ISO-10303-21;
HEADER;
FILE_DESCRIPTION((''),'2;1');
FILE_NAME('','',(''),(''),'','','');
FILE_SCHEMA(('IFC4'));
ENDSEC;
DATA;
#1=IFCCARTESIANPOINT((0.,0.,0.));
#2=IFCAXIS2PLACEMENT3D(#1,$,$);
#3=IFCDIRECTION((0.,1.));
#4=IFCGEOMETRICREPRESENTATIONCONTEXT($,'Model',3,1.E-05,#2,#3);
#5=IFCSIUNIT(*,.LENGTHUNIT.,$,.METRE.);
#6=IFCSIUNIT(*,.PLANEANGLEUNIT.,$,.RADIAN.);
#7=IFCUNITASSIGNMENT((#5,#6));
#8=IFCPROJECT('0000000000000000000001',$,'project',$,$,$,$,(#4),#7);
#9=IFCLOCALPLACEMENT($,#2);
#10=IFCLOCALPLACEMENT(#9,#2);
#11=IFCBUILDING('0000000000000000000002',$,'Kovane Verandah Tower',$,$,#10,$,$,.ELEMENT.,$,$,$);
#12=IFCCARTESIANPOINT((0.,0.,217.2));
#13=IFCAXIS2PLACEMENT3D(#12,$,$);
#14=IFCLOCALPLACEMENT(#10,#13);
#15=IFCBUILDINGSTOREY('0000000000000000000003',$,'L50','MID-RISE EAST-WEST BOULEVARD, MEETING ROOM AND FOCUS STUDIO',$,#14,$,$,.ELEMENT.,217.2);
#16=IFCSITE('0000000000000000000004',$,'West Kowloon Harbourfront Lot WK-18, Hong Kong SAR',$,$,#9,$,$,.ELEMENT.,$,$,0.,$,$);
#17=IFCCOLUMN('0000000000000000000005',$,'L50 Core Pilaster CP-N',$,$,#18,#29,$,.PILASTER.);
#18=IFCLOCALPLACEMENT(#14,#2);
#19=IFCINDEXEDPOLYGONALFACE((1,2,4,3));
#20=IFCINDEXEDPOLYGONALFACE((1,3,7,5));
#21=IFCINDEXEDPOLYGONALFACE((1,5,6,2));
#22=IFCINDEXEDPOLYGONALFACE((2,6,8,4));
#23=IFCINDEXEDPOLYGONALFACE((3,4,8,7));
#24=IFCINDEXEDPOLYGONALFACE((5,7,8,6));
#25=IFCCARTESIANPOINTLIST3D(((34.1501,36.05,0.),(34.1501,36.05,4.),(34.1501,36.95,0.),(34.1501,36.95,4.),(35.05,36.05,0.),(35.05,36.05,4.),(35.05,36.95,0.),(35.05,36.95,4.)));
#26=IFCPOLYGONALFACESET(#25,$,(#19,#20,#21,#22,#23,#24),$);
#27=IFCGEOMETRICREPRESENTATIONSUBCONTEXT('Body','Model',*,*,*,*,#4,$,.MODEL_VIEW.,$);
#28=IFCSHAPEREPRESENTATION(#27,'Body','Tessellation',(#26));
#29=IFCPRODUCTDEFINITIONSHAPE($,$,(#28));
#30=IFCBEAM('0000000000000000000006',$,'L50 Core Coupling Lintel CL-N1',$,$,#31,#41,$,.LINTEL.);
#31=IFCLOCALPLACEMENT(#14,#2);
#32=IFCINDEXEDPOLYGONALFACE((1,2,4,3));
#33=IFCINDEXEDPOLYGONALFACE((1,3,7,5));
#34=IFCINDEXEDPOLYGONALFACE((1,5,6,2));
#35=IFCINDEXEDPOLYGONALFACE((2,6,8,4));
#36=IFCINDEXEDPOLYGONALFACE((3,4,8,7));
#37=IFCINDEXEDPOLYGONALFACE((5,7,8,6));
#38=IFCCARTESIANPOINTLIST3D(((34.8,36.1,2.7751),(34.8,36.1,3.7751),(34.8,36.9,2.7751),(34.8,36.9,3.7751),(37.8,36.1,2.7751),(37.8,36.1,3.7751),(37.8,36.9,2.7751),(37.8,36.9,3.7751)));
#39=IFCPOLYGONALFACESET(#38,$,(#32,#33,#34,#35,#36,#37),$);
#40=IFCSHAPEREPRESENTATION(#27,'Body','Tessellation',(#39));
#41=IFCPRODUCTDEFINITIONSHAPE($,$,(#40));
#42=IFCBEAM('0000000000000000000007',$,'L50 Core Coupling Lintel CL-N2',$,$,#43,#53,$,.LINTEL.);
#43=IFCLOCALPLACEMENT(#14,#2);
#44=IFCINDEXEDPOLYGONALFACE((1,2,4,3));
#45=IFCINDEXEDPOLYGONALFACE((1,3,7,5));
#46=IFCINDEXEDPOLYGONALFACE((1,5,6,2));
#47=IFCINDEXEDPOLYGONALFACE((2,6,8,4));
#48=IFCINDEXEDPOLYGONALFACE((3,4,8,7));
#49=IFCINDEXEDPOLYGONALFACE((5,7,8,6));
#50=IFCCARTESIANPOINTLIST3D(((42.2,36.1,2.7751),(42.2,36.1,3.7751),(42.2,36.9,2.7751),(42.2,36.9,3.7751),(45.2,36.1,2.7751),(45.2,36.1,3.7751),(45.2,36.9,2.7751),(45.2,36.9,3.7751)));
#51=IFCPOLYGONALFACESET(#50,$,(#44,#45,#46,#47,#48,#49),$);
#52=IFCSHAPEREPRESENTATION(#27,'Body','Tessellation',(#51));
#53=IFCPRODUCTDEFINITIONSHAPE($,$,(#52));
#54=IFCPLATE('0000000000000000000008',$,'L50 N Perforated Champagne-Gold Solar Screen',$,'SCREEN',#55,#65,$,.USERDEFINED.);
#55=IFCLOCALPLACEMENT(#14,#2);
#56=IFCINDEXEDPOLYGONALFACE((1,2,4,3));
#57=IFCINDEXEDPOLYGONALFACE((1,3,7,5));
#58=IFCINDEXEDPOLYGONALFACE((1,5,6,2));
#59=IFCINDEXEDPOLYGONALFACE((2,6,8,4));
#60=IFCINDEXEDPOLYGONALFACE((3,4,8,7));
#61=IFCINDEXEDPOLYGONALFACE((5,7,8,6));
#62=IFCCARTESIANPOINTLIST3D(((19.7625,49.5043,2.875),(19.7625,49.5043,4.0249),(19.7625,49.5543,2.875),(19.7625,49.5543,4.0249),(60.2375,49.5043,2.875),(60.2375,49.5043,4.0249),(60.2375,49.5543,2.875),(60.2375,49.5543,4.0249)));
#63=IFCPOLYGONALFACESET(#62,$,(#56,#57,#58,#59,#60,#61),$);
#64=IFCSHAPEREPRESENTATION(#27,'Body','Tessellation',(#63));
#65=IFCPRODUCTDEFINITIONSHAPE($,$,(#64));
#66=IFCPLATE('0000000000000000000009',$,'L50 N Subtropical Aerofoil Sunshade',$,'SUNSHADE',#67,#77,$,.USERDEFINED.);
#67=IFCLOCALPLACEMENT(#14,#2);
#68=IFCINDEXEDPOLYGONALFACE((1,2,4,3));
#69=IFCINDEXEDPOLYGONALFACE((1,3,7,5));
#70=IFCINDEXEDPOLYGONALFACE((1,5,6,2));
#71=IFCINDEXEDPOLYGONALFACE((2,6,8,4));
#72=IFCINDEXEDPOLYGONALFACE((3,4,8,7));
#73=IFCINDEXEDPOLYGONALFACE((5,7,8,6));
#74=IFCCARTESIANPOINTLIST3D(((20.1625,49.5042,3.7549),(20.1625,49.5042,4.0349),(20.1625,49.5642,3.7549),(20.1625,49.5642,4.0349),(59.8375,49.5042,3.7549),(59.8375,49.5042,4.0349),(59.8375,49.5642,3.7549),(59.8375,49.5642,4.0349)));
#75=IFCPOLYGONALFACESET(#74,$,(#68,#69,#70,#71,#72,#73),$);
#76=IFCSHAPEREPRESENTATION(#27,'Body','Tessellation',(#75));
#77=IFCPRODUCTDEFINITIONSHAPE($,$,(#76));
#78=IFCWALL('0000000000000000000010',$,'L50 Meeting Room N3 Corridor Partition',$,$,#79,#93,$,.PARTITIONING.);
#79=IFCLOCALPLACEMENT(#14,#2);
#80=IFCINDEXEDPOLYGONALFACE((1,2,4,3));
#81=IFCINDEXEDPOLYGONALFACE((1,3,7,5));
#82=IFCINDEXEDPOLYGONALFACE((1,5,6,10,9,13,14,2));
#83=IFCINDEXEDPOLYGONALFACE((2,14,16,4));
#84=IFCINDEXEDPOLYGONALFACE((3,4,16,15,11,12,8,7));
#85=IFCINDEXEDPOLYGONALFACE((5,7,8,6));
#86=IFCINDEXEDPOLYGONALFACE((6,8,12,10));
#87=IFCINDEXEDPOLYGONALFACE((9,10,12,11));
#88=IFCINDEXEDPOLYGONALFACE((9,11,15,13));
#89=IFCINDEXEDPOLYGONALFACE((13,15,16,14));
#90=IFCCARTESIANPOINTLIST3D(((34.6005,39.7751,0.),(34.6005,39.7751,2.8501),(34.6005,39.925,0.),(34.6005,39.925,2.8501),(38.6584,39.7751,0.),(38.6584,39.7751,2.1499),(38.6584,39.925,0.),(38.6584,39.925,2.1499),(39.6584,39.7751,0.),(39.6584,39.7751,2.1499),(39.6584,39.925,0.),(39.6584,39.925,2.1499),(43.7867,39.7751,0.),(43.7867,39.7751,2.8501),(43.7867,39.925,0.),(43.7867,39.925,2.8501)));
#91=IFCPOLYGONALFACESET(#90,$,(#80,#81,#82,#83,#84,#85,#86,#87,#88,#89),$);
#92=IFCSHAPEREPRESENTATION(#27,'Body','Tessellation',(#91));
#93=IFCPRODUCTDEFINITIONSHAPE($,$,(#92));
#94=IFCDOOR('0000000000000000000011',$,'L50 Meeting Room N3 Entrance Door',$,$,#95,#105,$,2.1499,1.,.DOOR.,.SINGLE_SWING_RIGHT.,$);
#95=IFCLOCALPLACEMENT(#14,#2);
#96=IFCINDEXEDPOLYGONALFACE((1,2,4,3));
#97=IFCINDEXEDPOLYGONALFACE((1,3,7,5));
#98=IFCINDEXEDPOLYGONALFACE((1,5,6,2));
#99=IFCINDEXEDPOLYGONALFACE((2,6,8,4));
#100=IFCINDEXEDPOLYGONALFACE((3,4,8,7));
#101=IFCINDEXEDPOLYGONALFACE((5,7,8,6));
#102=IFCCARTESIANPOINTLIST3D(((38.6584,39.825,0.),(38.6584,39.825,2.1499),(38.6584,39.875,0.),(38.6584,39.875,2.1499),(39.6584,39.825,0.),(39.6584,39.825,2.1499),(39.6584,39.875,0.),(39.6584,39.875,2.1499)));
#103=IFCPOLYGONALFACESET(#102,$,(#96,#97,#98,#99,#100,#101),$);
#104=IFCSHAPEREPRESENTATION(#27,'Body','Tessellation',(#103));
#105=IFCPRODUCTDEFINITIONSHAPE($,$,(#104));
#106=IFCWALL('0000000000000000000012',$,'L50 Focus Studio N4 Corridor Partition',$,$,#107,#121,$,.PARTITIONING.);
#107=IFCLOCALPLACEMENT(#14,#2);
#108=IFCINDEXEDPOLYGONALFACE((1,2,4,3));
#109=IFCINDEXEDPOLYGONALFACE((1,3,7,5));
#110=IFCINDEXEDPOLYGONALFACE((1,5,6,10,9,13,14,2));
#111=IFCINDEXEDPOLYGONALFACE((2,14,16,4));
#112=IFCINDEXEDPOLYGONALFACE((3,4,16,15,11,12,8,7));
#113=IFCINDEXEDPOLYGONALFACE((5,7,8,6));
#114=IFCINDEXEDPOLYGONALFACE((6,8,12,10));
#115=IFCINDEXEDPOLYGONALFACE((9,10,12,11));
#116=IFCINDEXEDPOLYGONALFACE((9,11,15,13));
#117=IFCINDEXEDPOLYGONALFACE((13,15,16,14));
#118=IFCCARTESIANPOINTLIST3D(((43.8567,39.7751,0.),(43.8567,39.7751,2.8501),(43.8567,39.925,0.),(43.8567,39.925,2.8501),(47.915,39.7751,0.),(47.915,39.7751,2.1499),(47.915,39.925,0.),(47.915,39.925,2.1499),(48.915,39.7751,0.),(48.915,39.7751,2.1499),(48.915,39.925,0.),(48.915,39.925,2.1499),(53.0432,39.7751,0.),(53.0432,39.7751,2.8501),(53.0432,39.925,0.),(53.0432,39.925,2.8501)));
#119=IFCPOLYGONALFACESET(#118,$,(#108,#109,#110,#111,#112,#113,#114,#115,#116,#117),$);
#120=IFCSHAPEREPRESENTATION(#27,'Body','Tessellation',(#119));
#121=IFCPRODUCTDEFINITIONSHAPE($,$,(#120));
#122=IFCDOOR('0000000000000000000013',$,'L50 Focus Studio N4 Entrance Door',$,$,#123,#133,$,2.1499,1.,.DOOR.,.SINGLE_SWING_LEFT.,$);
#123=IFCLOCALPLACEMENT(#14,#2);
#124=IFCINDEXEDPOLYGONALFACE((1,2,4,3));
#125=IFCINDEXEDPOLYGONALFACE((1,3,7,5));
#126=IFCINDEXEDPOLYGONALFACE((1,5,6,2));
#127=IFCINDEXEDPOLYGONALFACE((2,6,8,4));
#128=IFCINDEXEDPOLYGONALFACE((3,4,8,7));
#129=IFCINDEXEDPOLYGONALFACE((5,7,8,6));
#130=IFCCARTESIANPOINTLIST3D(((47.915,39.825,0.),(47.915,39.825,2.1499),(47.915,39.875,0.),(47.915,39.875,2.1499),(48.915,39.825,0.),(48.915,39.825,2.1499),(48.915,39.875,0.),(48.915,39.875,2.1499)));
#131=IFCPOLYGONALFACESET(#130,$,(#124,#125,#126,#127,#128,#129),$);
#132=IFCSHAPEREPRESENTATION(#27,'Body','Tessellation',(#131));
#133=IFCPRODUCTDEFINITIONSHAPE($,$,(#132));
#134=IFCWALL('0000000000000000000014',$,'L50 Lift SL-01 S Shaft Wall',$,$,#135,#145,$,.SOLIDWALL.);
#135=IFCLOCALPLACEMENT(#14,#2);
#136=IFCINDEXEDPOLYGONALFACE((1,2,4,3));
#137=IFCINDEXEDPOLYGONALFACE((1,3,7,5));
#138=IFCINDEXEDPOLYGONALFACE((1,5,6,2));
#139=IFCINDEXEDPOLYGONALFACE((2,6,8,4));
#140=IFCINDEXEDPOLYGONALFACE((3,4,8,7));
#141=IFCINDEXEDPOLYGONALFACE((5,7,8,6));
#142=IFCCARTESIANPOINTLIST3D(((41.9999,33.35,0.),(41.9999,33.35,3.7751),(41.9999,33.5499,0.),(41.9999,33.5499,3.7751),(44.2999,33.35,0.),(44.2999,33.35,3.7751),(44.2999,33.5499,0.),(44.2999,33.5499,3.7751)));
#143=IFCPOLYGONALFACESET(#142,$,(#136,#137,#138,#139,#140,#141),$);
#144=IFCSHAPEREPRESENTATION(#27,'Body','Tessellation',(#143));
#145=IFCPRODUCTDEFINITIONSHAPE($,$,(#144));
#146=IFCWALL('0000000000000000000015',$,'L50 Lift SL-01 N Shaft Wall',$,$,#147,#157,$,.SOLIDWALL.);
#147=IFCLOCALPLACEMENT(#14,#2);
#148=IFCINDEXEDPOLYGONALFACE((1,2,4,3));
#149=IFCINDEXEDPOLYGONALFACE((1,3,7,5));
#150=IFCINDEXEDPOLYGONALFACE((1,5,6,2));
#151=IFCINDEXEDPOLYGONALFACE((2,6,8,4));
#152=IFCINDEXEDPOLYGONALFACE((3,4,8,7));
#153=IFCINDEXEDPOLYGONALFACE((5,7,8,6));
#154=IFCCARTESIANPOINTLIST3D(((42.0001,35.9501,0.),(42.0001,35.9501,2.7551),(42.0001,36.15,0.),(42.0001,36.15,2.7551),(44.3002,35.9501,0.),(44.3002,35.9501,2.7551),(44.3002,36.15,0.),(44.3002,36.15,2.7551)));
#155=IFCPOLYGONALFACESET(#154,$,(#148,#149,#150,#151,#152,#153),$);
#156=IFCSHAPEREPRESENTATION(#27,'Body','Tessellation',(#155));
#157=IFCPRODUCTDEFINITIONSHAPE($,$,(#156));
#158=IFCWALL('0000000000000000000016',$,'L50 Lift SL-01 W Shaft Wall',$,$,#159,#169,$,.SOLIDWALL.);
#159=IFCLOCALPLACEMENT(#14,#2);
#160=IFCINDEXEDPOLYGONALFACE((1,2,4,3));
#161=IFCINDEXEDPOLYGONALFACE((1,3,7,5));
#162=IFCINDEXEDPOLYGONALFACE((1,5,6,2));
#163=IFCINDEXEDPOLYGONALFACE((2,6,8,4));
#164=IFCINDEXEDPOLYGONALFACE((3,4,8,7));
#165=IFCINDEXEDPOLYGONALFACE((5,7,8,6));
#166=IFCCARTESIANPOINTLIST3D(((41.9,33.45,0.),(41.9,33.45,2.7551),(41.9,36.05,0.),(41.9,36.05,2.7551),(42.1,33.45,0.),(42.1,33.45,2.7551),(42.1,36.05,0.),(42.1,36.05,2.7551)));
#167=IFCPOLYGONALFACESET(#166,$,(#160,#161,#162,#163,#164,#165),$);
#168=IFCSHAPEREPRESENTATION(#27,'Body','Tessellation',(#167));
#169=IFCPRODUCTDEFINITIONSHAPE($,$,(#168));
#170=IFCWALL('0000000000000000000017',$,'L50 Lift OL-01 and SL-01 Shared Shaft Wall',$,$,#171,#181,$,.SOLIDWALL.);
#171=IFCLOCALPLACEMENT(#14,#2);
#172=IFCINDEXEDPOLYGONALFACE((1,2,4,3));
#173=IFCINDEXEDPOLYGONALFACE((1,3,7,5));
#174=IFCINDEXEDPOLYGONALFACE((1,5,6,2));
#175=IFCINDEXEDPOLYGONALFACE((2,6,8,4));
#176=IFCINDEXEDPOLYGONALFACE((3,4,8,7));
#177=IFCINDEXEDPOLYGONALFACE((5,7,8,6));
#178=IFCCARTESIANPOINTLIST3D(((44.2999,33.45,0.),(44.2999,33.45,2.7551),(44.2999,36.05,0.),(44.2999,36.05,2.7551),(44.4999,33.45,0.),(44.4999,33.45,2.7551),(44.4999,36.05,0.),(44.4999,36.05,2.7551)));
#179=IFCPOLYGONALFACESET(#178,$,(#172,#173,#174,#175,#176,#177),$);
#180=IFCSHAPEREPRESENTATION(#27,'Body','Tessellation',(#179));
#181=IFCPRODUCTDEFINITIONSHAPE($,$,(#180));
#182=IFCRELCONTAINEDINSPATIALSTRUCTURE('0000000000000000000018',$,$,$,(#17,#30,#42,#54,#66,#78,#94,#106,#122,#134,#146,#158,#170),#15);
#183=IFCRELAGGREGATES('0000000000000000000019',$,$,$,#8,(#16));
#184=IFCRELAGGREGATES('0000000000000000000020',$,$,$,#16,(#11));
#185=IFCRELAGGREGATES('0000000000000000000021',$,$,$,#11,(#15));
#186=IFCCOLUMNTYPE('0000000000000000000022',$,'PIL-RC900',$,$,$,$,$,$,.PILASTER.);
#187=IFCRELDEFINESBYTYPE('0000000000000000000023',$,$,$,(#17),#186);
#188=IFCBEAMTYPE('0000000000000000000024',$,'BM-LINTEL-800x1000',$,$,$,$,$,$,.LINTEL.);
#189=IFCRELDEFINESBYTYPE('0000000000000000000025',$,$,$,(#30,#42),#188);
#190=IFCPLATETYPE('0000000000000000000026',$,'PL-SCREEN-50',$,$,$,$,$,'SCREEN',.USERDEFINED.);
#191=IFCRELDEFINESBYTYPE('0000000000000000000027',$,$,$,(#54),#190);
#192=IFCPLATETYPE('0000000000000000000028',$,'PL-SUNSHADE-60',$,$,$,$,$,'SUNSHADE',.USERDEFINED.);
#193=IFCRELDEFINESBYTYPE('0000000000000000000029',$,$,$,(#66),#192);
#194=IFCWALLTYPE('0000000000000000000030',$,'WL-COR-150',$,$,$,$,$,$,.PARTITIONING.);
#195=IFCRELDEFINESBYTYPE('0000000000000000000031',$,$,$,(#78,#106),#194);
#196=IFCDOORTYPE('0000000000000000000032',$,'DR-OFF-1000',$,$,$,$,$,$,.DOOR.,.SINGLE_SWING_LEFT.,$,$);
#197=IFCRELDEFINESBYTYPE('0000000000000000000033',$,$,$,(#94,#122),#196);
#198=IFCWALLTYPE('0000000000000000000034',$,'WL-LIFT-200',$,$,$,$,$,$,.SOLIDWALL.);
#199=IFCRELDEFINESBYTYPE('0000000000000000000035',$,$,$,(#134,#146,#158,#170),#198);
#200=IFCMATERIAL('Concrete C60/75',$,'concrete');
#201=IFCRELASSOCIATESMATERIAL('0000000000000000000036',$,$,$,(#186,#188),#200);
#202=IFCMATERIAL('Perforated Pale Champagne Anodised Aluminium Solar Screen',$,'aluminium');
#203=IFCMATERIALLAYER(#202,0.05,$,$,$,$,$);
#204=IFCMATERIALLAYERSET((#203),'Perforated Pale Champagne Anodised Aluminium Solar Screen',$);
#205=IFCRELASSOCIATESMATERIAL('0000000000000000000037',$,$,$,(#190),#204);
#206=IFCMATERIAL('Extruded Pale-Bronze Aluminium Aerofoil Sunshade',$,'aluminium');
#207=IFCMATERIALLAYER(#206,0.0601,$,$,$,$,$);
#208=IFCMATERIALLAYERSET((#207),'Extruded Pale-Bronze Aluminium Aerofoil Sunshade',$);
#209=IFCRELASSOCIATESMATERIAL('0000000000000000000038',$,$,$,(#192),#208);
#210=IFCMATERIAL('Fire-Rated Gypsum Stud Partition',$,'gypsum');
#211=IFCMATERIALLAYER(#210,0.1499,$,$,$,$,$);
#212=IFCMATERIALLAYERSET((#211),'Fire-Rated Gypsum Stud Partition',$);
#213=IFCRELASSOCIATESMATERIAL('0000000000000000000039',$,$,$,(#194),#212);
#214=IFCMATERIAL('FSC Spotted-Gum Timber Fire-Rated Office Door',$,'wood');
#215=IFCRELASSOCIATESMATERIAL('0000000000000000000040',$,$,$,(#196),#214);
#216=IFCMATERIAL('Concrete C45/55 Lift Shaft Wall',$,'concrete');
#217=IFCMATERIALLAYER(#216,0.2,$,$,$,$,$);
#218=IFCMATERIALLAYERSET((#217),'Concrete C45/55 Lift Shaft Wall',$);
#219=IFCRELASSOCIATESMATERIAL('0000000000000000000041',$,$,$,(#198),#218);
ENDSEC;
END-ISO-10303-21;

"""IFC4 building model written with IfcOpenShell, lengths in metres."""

from ifc_helpers import new_model, si_unit, direction, frame, frame_2d, origin, origin_2d, place, context, subcontext, project, spatial, rectangle, extrude, material, layer, layer_set, material_profile, profile_set, type_object, element, fill, save


model = new_model("IFC4")

# Units and contexts
model_context = context("Model", 3, precision=1e-05, world=origin(), true_north=direction((0.0, 1.0)))
body_context = subcontext(model_context, "Body", "Model", "MODEL_VIEW")
ifc_project = project(units=[si_unit("LENGTHUNIT", "METRE"), si_unit("PLANEANGLEUNIT", "RADIAN")], contexts=[model_context])

# Site, building, storey
site_placement = place(None, origin())
site = spatial("IfcSite", under=ifc_project, at=site_placement, Name="West Kowloon Harbourfront Lot WK-18, Hong Kong SAR", CompositionType="ELEMENT", RefElevation=0.0)
building_placement = place(site_placement, origin())
building = spatial("IfcBuilding", under=site, at=building_placement, Name="Kovane Verandah Tower", CompositionType="ELEMENT")
storey_placement = place(building_placement, frame((0.0, 0.0, 217.2)))
storey = spatial("IfcBuildingStorey", under=building, at=storey_placement, Name="L50", Description="MID-RISE EAST-WEST BOULEVARD, MEETING ROOM AND FOCUS STUDIO", CompositionType="ELEMENT", Elevation=217.2)

# Column
ifc_material_1 = material(Name="Concrete C60/75", Category="concrete")
ifc_material_profile_1 = material_profile(ifc_material_1, rectangle(XDim=0.8999, YDim=0.8999, at=origin_2d()), Name="RC900x900")
ifc_profile_set_1 = profile_set([ifc_material_profile_1], Name="Concrete C60/75")
column_type = type_object("IfcColumnType", Name="PIL-RC900", PredefinedType="PILASTER", material=ifc_profile_set_1)
column_placement = place(storey_placement, frame((34.6001, 36.5, 0.0), z_axis=(0.0, 0.0, 1.0), x_axis=(1.0, 0.0, 0.0)))
element("IfcColumn", 1, at=column_placement, inside=storey, type_object=column_type, Name="L50 Core Pilaster CP-N", PredefinedType="PILASTER", context=body_context, shape_type="SweptSolid", body=[
    extrude(rectangle(XDim=0.8999, YDim=0.8999, at=origin_2d()), origin(), (0.0, 0.0, 1.0), 4.0),
])

# Beams
ifc_material_profile_2 = material_profile(ifc_material_1, rectangle(XDim=0.8, YDim=1.0, at=origin_2d()), Name="RCB800x1000")
ifc_profile_set_2 = profile_set([ifc_material_profile_2], Name="Concrete C60/75")
beam_type = type_object("IfcBeamType", Name="BM-LINTEL-800x1000", PredefinedType="LINTEL", material=ifc_profile_set_2)
for number, where, z_axis, x_axis, name in (
    (2, (34.8, 36.5, 3.2751), (1.0, 0.0, 0.0), (0.0, 1.0, 0.0), "L50 Core Coupling Lintel CL-N1"),
    (3, (42.2, 36.5, 3.2751), (1.0, 0.0, 0.0), (0.0, 1.0, 0.0), "L50 Core Coupling Lintel CL-N2"),
):
    element("IfcBeam", number, at=place(storey_placement, frame(where, z_axis=z_axis, x_axis=x_axis)), inside=storey, type_object=beam_type, Name=name, PredefinedType="LINTEL", context=body_context, shape_type="SweptSolid", body=[
        extrude(rectangle(XDim=0.8, YDim=1.0, at=origin_2d()), origin(), (0.0, 0.0, 1.0), 3.0),
    ])

# Plates
ifc_material_2 = material(Name="Perforated Pale Champagne Anodised Aluminium Solar Screen", Category="aluminium")
ifc_layer_1 = layer(ifc_material_2, 0.05)
ifc_layer_set_1 = layer_set([ifc_layer_1], Name="Perforated Pale Champagne Anodised Aluminium Solar Screen")
plate_type_1 = type_object("IfcPlateType", Name="PL-SCREEN-50", ElementType="SCREEN", PredefinedType="USERDEFINED", material=ifc_layer_set_1)
plate_1_placement = place(storey_placement, frame((40.0, 49.5293, 2.875), z_axis=(0.0, 0.0, 1.0), x_axis=(-1.0, 0.0, 0.0)))
element("IfcPlate", 4, at=plate_1_placement, inside=storey, type_object=plate_type_1, Name="L50 N Perforated Champagne-Gold Solar Screen", ObjectType="SCREEN", PredefinedType="USERDEFINED", context=body_context, shape_type="SweptSolid", body=[
    extrude(rectangle(XDim=40.4751, YDim=0.05, at=origin_2d()), origin(), (0.0, 0.0, 1.0), 1.1499),
])
ifc_material_3 = material(Name="Extruded Pale-Bronze Aluminium Aerofoil Sunshade", Category="aluminium")
ifc_layer_2 = layer(ifc_material_3, 0.0601)
ifc_layer_set_2 = layer_set([ifc_layer_2], Name="Extruded Pale-Bronze Aluminium Aerofoil Sunshade")
plate_type_2 = type_object("IfcPlateType", Name="PL-SUNSHADE-60", ElementType="SUNSHADE", PredefinedType="USERDEFINED", material=ifc_layer_set_2)
plate_2_placement = place(storey_placement, frame((40.0, 49.5342, 3.7549), z_axis=(0.0, 0.0, 1.0), x_axis=(-1.0, 0.0, 0.0)))
element("IfcPlate", 5, at=plate_2_placement, inside=storey, type_object=plate_type_2, Name="L50 N Subtropical Aerofoil Sunshade", ObjectType="SUNSHADE", PredefinedType="USERDEFINED", context=body_context, shape_type="SweptSolid", body=[
    extrude(rectangle(XDim=39.675, YDim=0.0601, at=origin_2d()), origin(), (0.0, 0.0, 1.0), 0.28),
])

# Walls, openings, doors
ifc_material_4 = material(Name="Fire-Rated Gypsum Stud Partition", Category="gypsum")
ifc_layer_3 = layer(ifc_material_4, 0.1499)
ifc_layer_set_3 = layer_set([ifc_layer_3], Name="Fire-Rated Gypsum Stud Partition")
wall_type_1 = type_object("IfcWallType", Name="WL-COR-150", PredefinedType="PARTITIONING", material=ifc_layer_set_3)
wall_1_placement = place(storey_placement, frame((34.6003, 39.8501, 0.0), z_axis=(0.0, 0.0, 1.0), x_axis=(1.0, 0.0, 0.0)))
wall_1 = element("IfcWall", 6, at=wall_1_placement, inside=storey, type_object=wall_type_1, Name="L50 Meeting Room N3 Corridor Partition", PredefinedType="PARTITIONING", context=body_context, shape_type="SweptSolid", body=[
    extrude(rectangle(XDim=9.1863, YDim=0.1499, at=frame_2d((4.5933, 0.0))), origin(), (0.0, 0.0, 1.0), 2.8501),
])
opening_1_placement = place(wall_1_placement, frame((4.0581, 0.0, 0.0)))
opening_1 = element("IfcOpeningElement", 7, at=opening_1_placement, cuts=wall_1, PredefinedType="OPENING", context=body_context, shape_type="SweptSolid", body=[
    extrude(rectangle(XDim=1.0, YDim=2.1499, at=frame_2d((0.5, 1.075))), frame((0.0, 0.075, 0.0), z_axis=(0.0, -1.0, 0.0), x_axis=(1.0, 0.0, 0.0)), (0.0, 0.0, 1.0), 0.1499),
])
ifc_material_5 = material(Name="FSC Spotted-Gum Timber Fire-Rated Office Door", Category="wood")
door_type_1 = type_object("IfcDoorType", Name="DR-OFF-1000", OperationType="SINGLE_SWING_LEFT", PredefinedType="DOOR", material=ifc_material_5)
door_1_placement = place(opening_1_placement, origin())
door_1 = element("IfcDoor", 8, at=door_1_placement, inside=storey, type_object=door_type_1, Name="L50 Meeting Room N3 Entrance Door", OperationType="SINGLE_SWING_RIGHT", OverallHeight=2.1499, OverallWidth=1.0, PredefinedType="DOOR", context=body_context, shape_type="SweptSolid", body=[
    extrude(rectangle(XDim=1.0, YDim=2.1499, at=frame_2d((0.5, 1.075))), frame((0.0, 0.0249, 0.0), z_axis=(0.0, -1.0, 0.0), x_axis=(1.0, 0.0, 0.0)), (0.0, 0.0, 1.0), 0.05),
])
fill(opening_1, door_1)
wall_2_placement = place(storey_placement, frame((43.8567, 39.8501, 0.0), z_axis=(0.0, 0.0, 1.0), x_axis=(1.0, 0.0, 0.0)))
wall_2 = element("IfcWall", 9, at=wall_2_placement, inside=storey, type_object=wall_type_1, Name="L50 Focus Studio N4 Corridor Partition", PredefinedType="PARTITIONING", context=body_context, shape_type="SweptSolid", body=[
    extrude(rectangle(XDim=9.1865, YDim=0.1499, at=frame_2d((4.5933, 0.0))), origin(), (0.0, 0.0, 1.0), 2.8501),
])
opening_2_placement = place(wall_2_placement, frame((4.0583, 0.0, 0.0)))
opening_2 = element("IfcOpeningElement", 10, at=opening_2_placement, cuts=wall_2, PredefinedType="OPENING", context=body_context, shape_type="SweptSolid", body=[
    extrude(rectangle(XDim=1.0, YDim=2.1499, at=frame_2d((0.5, 1.075))), frame((0.0, 0.075, 0.0), z_axis=(0.0, -1.0, 0.0), x_axis=(1.0, 0.0, 0.0)), (0.0, 0.0, 1.0), 0.1499),
])
door_2_placement = place(opening_2_placement, origin())
door_2 = element("IfcDoor", 11, at=door_2_placement, inside=storey, type_object=door_type_1, Name="L50 Focus Studio N4 Entrance Door", OperationType="SINGLE_SWING_LEFT", OverallHeight=2.1499, OverallWidth=1.0, PredefinedType="DOOR", context=body_context, shape_type="SweptSolid", body=[
    extrude(rectangle(XDim=1.0, YDim=2.1499, at=frame_2d((0.5, 1.075))), frame((0.0, 0.0249, 0.0), z_axis=(0.0, -1.0, 0.0), x_axis=(1.0, 0.0, 0.0)), (0.0, 0.0, 1.0), 0.05),
])
fill(opening_2, door_2)

# Walls
ifc_material_6 = material(Name="Concrete C45/55 Lift Shaft Wall", Category="concrete")
ifc_layer_4 = layer(ifc_material_6, 0.2)
ifc_layer_set_4 = layer_set([ifc_layer_4], Name="Concrete C45/55 Lift Shaft Wall")
wall_type_2 = type_object("IfcWallType", Name="WL-LIFT-200", PredefinedType="SOLIDWALL", material=ifc_layer_set_4)
wall_3_placement = place(storey_placement, frame((42.0, 33.45, 0.0), z_axis=(0.0, 0.0, 1.0), x_axis=(1.0, 0.0, 0.0)))
element("IfcWall", 12, at=wall_3_placement, inside=storey, type_object=wall_type_2, Name="L50 Lift SL-01 S Shaft Wall", PredefinedType="SOLIDWALL", context=body_context, shape_type="SweptSolid", body=[
    extrude(rectangle(XDim=2.3, YDim=0.2, at=frame_2d((1.1499, 0.0))), origin(), (0.0, 0.0, 1.0), 3.7751),
])
wall_4_placement = place(storey_placement, frame((44.3, 36.05, 0.0), z_axis=(0.0, 0.0, 1.0), x_axis=(-1.0, 0.0, 0.0)))
element("IfcWall", 13, at=wall_4_placement, inside=storey, type_object=wall_type_2, Name="L50 Lift SL-01 N Shaft Wall", PredefinedType="SOLIDWALL", context=body_context, shape_type="SweptSolid", body=[
    extrude(rectangle(XDim=2.3, YDim=0.2, at=frame_2d((1.1499, 0.0))), origin(), (0.0, 0.0, 1.0), 2.7551),
])
for number, where, z_axis, x_axis, name in (
    (14, (42.0, 36.05, 0.0), (0.0, 0.0, 1.0), (0.0, -1.0, 0.0), "L50 Lift SL-01 W Shaft Wall"),
    (15, (44.3999, 33.45, 0.0), (0.0, 0.0, 1.0), (0.0, 1.0, 0.0), "L50 Lift OL-01 and SL-01 Shared Shaft Wall"),
):
    element("IfcWall", number, at=place(storey_placement, frame(where, z_axis=z_axis, x_axis=x_axis)), inside=storey, type_object=wall_type_2, Name=name, PredefinedType="SOLIDWALL", context=body_context, shape_type="SweptSolid", body=[
        extrude(rectangle(XDim=2.6001, YDim=0.2, at=frame_2d((1.3, 0.0))), origin(), (0.0, 0.0, 1.0), 2.7551),
    ])

save(model, "model.ifc")
